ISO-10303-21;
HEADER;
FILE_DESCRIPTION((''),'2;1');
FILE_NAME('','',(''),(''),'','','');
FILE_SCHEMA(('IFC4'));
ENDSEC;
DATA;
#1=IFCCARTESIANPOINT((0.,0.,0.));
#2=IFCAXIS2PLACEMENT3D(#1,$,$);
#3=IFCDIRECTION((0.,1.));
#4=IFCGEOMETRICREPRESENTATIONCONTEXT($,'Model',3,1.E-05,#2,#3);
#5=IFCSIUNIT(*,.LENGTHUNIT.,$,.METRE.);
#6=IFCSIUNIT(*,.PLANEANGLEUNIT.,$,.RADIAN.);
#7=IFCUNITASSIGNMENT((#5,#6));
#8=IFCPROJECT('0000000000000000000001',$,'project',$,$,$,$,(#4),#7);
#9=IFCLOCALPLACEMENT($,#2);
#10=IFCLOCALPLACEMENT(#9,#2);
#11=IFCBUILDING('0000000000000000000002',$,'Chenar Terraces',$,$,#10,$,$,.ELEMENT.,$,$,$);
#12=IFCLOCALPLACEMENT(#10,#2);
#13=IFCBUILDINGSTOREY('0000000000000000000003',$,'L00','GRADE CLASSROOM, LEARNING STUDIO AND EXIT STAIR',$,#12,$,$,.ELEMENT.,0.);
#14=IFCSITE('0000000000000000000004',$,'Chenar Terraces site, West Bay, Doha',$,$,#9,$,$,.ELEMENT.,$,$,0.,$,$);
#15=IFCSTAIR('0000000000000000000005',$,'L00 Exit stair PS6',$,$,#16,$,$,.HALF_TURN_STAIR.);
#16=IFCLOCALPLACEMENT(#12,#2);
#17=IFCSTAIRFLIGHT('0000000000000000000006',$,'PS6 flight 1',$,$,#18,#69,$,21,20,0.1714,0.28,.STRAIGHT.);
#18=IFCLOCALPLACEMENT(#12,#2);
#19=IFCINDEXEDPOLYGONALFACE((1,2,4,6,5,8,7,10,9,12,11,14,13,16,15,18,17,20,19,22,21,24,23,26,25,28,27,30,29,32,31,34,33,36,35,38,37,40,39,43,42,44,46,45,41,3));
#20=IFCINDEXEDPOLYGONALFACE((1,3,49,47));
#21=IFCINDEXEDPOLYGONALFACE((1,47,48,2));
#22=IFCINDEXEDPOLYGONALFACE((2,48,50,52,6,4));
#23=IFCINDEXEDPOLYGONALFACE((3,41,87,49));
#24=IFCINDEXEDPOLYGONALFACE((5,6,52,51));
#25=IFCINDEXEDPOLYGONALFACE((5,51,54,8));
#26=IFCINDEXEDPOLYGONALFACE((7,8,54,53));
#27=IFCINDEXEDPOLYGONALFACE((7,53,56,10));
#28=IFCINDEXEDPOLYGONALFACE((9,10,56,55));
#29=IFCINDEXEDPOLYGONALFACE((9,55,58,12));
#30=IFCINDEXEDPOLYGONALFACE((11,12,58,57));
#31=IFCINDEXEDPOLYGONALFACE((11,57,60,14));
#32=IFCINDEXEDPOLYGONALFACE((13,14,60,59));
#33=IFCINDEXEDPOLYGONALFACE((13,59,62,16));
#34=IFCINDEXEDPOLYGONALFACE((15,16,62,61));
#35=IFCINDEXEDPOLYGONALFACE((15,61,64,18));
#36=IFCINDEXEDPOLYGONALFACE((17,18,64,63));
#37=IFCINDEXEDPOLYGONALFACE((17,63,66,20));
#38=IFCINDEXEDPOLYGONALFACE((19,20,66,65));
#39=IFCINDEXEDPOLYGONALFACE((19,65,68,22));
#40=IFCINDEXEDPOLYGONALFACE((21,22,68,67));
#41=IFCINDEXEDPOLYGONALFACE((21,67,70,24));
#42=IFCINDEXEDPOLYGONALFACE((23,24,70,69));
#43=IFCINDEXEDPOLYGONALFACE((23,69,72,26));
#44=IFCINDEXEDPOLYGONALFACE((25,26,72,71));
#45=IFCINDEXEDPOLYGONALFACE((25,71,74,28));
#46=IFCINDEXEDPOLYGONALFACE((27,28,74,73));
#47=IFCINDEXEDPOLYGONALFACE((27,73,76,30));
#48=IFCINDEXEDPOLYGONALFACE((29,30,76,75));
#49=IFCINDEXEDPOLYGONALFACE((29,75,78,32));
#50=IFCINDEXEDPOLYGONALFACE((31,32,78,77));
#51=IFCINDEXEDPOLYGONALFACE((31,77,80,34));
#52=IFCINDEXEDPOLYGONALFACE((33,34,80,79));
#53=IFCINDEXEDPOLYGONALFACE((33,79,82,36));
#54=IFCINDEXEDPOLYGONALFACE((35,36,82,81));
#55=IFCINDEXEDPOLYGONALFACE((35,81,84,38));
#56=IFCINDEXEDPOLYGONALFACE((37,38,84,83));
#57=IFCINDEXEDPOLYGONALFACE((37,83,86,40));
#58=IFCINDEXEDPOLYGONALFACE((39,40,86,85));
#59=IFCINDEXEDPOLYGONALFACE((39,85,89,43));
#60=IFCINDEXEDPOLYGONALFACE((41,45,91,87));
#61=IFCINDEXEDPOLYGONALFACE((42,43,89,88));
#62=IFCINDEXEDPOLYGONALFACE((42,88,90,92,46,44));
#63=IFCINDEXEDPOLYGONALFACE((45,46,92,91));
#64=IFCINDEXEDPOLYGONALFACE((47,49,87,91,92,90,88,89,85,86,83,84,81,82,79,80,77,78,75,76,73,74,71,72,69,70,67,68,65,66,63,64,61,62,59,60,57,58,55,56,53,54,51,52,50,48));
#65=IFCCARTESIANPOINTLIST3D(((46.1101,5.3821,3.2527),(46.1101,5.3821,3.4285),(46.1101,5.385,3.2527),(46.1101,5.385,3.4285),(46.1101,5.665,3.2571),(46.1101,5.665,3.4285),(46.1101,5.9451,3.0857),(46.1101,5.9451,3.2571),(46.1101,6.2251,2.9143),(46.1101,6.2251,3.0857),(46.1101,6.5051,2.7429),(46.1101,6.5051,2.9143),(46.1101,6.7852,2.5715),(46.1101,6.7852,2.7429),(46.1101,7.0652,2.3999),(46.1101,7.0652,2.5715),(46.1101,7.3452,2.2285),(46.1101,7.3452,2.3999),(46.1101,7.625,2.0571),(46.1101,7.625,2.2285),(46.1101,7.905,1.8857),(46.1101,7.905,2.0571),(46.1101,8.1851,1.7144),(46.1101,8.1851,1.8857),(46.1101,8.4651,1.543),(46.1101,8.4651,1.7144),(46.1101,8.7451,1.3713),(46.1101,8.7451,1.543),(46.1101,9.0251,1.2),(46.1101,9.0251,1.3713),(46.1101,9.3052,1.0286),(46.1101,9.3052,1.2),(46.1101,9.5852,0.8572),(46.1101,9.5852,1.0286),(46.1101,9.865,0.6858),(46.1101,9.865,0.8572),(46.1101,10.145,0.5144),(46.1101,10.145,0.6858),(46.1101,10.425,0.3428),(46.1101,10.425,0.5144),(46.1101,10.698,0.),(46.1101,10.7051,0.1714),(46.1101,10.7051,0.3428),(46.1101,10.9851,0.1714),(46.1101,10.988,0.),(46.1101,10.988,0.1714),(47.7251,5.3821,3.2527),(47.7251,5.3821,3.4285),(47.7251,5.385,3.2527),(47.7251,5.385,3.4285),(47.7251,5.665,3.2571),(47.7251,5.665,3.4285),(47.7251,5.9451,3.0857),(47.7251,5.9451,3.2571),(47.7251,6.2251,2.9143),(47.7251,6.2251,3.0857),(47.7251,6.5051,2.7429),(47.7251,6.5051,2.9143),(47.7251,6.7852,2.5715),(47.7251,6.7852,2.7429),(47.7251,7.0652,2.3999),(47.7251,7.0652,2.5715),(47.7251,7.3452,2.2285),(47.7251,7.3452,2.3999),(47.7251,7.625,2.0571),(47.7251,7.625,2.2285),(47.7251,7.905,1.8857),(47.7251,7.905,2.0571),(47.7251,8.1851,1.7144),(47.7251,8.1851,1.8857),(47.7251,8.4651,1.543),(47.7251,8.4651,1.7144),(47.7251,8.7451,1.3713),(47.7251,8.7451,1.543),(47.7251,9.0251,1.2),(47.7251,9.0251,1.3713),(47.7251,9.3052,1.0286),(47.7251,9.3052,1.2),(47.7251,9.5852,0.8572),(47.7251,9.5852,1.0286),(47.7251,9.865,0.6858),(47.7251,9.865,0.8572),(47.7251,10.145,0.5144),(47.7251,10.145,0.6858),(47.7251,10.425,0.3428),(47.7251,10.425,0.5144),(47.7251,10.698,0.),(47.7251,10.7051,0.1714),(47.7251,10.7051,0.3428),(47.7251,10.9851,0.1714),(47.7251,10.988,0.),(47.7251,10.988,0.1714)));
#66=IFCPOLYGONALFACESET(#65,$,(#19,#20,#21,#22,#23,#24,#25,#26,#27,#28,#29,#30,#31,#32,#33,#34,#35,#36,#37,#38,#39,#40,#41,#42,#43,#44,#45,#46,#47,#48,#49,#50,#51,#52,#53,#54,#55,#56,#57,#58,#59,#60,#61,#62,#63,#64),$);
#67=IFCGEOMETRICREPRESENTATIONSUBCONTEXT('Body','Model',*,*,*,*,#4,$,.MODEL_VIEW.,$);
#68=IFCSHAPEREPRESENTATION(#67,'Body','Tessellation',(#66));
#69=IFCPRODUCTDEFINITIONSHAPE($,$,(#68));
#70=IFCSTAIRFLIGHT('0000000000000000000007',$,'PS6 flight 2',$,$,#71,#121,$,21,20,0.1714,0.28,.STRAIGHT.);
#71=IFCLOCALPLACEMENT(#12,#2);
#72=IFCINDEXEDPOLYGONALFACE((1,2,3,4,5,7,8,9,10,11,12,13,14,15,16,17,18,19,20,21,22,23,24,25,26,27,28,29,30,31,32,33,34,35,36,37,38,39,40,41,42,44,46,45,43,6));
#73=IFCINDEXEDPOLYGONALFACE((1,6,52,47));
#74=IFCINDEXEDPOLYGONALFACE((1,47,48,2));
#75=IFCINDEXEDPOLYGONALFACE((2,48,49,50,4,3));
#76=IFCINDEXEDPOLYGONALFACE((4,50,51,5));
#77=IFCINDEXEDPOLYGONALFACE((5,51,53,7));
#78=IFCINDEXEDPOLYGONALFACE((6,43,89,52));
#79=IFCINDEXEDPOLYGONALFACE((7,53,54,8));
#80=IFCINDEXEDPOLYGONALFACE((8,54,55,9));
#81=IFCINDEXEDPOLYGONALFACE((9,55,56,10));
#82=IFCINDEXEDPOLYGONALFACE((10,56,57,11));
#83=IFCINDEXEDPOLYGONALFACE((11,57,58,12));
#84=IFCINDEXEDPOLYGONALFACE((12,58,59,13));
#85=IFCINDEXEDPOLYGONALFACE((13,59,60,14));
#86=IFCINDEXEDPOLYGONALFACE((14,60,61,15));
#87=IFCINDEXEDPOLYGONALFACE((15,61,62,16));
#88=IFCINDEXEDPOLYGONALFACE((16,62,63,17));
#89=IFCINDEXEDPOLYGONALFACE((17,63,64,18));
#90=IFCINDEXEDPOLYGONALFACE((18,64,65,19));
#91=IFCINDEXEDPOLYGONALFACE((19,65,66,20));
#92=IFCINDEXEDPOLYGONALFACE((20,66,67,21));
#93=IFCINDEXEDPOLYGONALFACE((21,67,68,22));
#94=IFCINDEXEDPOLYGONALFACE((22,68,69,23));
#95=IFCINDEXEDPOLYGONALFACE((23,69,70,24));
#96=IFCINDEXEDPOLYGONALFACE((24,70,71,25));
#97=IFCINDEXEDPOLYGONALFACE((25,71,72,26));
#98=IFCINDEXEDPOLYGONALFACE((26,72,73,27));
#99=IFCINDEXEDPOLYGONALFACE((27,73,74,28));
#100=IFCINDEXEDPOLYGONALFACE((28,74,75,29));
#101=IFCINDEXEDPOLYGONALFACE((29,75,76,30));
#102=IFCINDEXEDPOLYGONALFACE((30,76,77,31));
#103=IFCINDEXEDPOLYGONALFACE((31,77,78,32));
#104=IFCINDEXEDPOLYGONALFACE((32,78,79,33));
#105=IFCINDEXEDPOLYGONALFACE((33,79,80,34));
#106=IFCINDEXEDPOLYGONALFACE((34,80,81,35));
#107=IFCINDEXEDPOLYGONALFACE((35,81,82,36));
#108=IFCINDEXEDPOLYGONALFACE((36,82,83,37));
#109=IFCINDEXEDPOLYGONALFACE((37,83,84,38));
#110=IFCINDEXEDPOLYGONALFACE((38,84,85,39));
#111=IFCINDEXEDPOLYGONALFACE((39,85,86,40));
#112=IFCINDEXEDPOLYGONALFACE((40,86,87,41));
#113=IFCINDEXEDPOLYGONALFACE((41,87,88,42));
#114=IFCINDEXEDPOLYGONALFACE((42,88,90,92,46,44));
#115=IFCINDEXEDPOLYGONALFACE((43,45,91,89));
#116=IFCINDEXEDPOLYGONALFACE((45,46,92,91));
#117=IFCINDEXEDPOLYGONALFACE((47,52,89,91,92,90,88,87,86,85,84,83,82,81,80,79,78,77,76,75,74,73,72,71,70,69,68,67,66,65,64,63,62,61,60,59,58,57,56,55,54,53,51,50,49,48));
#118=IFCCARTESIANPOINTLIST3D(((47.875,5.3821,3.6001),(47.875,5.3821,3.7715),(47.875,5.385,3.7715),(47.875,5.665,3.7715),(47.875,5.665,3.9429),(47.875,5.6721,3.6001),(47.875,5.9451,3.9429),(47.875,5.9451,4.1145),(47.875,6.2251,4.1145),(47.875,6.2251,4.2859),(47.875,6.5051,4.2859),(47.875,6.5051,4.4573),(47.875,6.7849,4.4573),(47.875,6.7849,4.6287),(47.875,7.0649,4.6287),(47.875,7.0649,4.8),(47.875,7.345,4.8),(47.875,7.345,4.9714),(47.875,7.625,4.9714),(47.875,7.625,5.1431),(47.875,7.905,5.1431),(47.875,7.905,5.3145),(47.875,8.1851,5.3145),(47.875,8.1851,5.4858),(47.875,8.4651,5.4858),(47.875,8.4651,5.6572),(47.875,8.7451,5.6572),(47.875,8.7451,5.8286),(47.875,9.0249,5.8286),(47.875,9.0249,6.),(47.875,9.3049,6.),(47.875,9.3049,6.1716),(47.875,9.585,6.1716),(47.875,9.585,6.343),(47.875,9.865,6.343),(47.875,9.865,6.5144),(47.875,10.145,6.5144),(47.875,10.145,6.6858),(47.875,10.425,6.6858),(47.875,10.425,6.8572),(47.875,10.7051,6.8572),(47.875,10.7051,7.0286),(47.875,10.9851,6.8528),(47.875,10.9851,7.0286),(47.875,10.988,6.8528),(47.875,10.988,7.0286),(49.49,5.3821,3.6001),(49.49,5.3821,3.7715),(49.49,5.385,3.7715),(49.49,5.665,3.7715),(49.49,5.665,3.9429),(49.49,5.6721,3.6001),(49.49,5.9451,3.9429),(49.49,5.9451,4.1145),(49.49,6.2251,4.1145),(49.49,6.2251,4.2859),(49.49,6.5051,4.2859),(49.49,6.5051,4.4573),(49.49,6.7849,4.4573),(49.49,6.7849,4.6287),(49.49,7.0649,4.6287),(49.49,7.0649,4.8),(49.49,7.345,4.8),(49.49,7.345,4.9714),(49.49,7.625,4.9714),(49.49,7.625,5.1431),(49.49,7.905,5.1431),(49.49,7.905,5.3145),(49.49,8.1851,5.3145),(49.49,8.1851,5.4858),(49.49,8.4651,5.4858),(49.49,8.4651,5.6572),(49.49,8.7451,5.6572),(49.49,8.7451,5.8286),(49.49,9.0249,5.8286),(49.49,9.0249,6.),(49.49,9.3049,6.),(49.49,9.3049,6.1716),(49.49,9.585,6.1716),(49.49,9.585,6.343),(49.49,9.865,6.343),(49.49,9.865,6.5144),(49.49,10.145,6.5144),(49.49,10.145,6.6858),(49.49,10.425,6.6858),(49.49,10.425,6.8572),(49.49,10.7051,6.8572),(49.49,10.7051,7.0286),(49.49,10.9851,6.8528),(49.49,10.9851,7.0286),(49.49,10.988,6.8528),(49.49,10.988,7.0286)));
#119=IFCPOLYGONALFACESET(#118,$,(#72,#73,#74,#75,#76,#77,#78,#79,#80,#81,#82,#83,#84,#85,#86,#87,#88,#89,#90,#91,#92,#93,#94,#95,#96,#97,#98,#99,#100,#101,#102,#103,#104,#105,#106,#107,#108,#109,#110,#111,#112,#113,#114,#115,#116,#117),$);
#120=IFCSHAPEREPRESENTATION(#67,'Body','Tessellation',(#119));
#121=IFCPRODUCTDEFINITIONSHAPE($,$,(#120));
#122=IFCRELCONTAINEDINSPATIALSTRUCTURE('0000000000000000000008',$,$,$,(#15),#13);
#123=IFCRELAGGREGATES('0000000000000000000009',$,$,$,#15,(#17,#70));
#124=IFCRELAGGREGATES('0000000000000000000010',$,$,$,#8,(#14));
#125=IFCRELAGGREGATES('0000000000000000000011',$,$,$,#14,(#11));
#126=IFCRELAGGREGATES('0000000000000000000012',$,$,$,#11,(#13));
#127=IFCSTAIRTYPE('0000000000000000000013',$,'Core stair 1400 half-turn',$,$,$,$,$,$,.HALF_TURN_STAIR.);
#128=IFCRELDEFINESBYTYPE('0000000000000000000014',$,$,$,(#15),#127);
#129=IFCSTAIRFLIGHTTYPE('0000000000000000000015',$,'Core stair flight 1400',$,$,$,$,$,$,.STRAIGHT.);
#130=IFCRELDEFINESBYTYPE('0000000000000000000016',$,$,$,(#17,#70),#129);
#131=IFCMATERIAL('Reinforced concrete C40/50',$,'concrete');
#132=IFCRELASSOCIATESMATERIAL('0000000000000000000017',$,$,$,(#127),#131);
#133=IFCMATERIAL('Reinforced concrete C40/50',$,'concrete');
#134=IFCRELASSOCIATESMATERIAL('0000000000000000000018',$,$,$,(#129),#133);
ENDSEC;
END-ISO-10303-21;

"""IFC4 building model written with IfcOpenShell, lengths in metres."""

from ifc_helpers import new_model, si_unit, direction, frame, origin, place, context, subcontext, project, spatial, polyline, outline, extrude, material, type_object, element, aggregate, save


model = new_model("IFC4")

# Units and contexts
model_context = context("Model", 3, precision=1e-05, world=origin(), true_north=direction((0.0, 1.0)))
body_context = subcontext(model_context, "Body", "Model", "MODEL_VIEW")
ifc_project = project(units=[si_unit("LENGTHUNIT", "METRE"), si_unit("PLANEANGLEUNIT", "RADIAN")], contexts=[model_context])

# Site, building, storey
site_placement = place(None, origin())
site = spatial("IfcSite", under=ifc_project, at=site_placement, Name="Chenar Terraces site, West Bay, Doha", CompositionType="ELEMENT", RefElevation=0.0)
building_placement = place(site_placement, origin())
building = spatial("IfcBuilding", under=site, at=building_placement, Name="Chenar Terraces", CompositionType="ELEMENT")
storey_placement = place(building_placement, origin())
storey = spatial("IfcBuildingStorey", under=building, at=storey_placement, Name="L00", Description="GRADE CLASSROOM, LEARNING STUDIO AND EXIT STAIR", CompositionType="ELEMENT", Elevation=0.0)

# Stair, stair flights
ifc_material_1 = material(Name="Reinforced concrete C40/50", Category="concrete")
stair_type = type_object("IfcStairType", Name="Core stair 1400 half-turn", PredefinedType="HALF_TURN_STAIR", material=ifc_material_1)
placement = place(storey_placement, origin())
ifc_material_2 = material(Name="Reinforced concrete C40/50", Category="concrete")
stair_flight_type = type_object("IfcStairFlightType", Name="Core stair flight 1400", PredefinedType="STRAIGHT", material=ifc_material_2)
stair_1 = element("IfcStair", 1, at=placement, inside=storey, type_object=stair_type, Name="L00 Exit stair PS6", PredefinedType="HALF_TURN_STAIR")
stair_flight_1_placement = place(storey_placement, frame((46.9175, 10.9851, 0.0), z_axis=(0.0, 0.0, 1.0), x_axis=(0.0, -1.0, 0.0)))
stair_flight_1 = element("IfcStairFlight", 2, at=stair_flight_1_placement, type_object=stair_flight_type, Name="PS6 flight 1", NumberOfRisers=21, NumberOfTreads=20, PredefinedType="STRAIGHT", RiserHeight=0.1714, TreadLength=0.28, context=body_context, shape_type="SweptSolid", body=[
    extrude(outline(polyline([(-0.0029, 0.0), (-0.0029, 0.1714), (0.0, 0.1714), (0.28, 0.1714), (0.28, 0.3428), (0.5601, 0.3428), (0.5601, 0.5144), (0.8401, 0.5144), (0.8401, 0.6858), (1.1201, 0.6858), (1.1201, 0.8572), (1.3999, 0.8572), (1.3999, 1.0286), (1.6799, 1.0286), (1.6799, 1.2), (1.96, 1.2), (1.96, 1.3713), (2.24, 1.3713), (2.24, 1.543), (2.52, 1.543), (2.52, 1.7144), (2.8, 1.7144), (2.8, 1.8857), (3.0801, 1.8857), (3.0801, 2.0571), (3.3601, 2.0571), (3.3601, 2.2285), (3.6399, 2.2285), (3.6399, 2.3999), (3.9199, 2.3999), (3.9199, 2.5715), (4.2, 2.5715), (4.2, 2.7429), (4.48, 2.7429), (4.48, 2.9143), (4.76, 2.9143), (4.76, 3.0857), (5.04, 3.0857), (5.04, 3.2571), (5.3201, 3.2571), (5.3201, 3.4285), (5.6001, 3.4285), (5.603, 3.4285), (5.603, 3.2527), (5.6001, 3.2527), (0.2871, 0.0), (-0.0029, 0.0)])), frame((0.0, 0.8076, 0.0), z_axis=(0.0, -1.0, 0.0), x_axis=(1.0, 0.0, 0.0)), (0.0, 0.0, 1.0), 1.615),
])
stair_flight_2_placement = place(storey_placement, frame((48.6826, 5.385, 3.6001), z_axis=(0.0, 0.0, 1.0), x_axis=(0.0, 1.0, 0.0)))
stair_flight_2 = element("IfcStairFlight", 3, at=stair_flight_2_placement, type_object=stair_flight_type, Name="PS6 flight 2", NumberOfRisers=21, NumberOfTreads=20, PredefinedType="STRAIGHT", RiserHeight=0.1714, TreadLength=0.28, context=body_context, shape_type="SweptSolid", body=[
    extrude(outline(polyline([(-0.0029, 0.0), (-0.0029, 0.1714), (0.0, 0.1714), (0.28, 0.1714), (0.28, 0.3428), (0.5601, 0.3428), (0.5601, 0.5144), (0.8401, 0.5144), (0.8401, 0.6858), (1.1201, 0.6858), (1.1201, 0.8572), (1.3999, 0.8572), (1.3999, 1.0286), (1.6799, 1.0286), (1.6799, 1.2), (1.96, 1.2), (1.96, 1.3713), (2.24, 1.3713), (2.24, 1.543), (2.52, 1.543), (2.52, 1.7144), (2.8, 1.7144), (2.8, 1.8857), (3.0801, 1.8857), (3.0801, 2.0571), (3.3601, 2.0571), (3.3601, 2.2285), (3.6399, 2.2285), (3.6399, 2.3999), (3.9199, 2.3999), (3.9199, 2.5715), (4.2, 2.5715), (4.2, 2.7429), (4.48, 2.7429), (4.48, 2.9143), (4.76, 2.9143), (4.76, 3.0857), (5.04, 3.0857), (5.04, 3.2571), (5.3201, 3.2571), (5.3201, 3.4285), (5.6001, 3.4285), (5.603, 3.4285), (5.603, 3.2527), (5.6001, 3.2527), (0.2871, 0.0), (-0.0029, 0.0)])), frame((0.0, 0.8076, 0.0), z_axis=(0.0, -1.0, 0.0), x_axis=(1.0, 0.0, 0.0)), (0.0, 0.0, 1.0), 1.615),
])
aggregate(stair_1, [stair_flight_1, stair_flight_2])

save(model, "model.ifc")
